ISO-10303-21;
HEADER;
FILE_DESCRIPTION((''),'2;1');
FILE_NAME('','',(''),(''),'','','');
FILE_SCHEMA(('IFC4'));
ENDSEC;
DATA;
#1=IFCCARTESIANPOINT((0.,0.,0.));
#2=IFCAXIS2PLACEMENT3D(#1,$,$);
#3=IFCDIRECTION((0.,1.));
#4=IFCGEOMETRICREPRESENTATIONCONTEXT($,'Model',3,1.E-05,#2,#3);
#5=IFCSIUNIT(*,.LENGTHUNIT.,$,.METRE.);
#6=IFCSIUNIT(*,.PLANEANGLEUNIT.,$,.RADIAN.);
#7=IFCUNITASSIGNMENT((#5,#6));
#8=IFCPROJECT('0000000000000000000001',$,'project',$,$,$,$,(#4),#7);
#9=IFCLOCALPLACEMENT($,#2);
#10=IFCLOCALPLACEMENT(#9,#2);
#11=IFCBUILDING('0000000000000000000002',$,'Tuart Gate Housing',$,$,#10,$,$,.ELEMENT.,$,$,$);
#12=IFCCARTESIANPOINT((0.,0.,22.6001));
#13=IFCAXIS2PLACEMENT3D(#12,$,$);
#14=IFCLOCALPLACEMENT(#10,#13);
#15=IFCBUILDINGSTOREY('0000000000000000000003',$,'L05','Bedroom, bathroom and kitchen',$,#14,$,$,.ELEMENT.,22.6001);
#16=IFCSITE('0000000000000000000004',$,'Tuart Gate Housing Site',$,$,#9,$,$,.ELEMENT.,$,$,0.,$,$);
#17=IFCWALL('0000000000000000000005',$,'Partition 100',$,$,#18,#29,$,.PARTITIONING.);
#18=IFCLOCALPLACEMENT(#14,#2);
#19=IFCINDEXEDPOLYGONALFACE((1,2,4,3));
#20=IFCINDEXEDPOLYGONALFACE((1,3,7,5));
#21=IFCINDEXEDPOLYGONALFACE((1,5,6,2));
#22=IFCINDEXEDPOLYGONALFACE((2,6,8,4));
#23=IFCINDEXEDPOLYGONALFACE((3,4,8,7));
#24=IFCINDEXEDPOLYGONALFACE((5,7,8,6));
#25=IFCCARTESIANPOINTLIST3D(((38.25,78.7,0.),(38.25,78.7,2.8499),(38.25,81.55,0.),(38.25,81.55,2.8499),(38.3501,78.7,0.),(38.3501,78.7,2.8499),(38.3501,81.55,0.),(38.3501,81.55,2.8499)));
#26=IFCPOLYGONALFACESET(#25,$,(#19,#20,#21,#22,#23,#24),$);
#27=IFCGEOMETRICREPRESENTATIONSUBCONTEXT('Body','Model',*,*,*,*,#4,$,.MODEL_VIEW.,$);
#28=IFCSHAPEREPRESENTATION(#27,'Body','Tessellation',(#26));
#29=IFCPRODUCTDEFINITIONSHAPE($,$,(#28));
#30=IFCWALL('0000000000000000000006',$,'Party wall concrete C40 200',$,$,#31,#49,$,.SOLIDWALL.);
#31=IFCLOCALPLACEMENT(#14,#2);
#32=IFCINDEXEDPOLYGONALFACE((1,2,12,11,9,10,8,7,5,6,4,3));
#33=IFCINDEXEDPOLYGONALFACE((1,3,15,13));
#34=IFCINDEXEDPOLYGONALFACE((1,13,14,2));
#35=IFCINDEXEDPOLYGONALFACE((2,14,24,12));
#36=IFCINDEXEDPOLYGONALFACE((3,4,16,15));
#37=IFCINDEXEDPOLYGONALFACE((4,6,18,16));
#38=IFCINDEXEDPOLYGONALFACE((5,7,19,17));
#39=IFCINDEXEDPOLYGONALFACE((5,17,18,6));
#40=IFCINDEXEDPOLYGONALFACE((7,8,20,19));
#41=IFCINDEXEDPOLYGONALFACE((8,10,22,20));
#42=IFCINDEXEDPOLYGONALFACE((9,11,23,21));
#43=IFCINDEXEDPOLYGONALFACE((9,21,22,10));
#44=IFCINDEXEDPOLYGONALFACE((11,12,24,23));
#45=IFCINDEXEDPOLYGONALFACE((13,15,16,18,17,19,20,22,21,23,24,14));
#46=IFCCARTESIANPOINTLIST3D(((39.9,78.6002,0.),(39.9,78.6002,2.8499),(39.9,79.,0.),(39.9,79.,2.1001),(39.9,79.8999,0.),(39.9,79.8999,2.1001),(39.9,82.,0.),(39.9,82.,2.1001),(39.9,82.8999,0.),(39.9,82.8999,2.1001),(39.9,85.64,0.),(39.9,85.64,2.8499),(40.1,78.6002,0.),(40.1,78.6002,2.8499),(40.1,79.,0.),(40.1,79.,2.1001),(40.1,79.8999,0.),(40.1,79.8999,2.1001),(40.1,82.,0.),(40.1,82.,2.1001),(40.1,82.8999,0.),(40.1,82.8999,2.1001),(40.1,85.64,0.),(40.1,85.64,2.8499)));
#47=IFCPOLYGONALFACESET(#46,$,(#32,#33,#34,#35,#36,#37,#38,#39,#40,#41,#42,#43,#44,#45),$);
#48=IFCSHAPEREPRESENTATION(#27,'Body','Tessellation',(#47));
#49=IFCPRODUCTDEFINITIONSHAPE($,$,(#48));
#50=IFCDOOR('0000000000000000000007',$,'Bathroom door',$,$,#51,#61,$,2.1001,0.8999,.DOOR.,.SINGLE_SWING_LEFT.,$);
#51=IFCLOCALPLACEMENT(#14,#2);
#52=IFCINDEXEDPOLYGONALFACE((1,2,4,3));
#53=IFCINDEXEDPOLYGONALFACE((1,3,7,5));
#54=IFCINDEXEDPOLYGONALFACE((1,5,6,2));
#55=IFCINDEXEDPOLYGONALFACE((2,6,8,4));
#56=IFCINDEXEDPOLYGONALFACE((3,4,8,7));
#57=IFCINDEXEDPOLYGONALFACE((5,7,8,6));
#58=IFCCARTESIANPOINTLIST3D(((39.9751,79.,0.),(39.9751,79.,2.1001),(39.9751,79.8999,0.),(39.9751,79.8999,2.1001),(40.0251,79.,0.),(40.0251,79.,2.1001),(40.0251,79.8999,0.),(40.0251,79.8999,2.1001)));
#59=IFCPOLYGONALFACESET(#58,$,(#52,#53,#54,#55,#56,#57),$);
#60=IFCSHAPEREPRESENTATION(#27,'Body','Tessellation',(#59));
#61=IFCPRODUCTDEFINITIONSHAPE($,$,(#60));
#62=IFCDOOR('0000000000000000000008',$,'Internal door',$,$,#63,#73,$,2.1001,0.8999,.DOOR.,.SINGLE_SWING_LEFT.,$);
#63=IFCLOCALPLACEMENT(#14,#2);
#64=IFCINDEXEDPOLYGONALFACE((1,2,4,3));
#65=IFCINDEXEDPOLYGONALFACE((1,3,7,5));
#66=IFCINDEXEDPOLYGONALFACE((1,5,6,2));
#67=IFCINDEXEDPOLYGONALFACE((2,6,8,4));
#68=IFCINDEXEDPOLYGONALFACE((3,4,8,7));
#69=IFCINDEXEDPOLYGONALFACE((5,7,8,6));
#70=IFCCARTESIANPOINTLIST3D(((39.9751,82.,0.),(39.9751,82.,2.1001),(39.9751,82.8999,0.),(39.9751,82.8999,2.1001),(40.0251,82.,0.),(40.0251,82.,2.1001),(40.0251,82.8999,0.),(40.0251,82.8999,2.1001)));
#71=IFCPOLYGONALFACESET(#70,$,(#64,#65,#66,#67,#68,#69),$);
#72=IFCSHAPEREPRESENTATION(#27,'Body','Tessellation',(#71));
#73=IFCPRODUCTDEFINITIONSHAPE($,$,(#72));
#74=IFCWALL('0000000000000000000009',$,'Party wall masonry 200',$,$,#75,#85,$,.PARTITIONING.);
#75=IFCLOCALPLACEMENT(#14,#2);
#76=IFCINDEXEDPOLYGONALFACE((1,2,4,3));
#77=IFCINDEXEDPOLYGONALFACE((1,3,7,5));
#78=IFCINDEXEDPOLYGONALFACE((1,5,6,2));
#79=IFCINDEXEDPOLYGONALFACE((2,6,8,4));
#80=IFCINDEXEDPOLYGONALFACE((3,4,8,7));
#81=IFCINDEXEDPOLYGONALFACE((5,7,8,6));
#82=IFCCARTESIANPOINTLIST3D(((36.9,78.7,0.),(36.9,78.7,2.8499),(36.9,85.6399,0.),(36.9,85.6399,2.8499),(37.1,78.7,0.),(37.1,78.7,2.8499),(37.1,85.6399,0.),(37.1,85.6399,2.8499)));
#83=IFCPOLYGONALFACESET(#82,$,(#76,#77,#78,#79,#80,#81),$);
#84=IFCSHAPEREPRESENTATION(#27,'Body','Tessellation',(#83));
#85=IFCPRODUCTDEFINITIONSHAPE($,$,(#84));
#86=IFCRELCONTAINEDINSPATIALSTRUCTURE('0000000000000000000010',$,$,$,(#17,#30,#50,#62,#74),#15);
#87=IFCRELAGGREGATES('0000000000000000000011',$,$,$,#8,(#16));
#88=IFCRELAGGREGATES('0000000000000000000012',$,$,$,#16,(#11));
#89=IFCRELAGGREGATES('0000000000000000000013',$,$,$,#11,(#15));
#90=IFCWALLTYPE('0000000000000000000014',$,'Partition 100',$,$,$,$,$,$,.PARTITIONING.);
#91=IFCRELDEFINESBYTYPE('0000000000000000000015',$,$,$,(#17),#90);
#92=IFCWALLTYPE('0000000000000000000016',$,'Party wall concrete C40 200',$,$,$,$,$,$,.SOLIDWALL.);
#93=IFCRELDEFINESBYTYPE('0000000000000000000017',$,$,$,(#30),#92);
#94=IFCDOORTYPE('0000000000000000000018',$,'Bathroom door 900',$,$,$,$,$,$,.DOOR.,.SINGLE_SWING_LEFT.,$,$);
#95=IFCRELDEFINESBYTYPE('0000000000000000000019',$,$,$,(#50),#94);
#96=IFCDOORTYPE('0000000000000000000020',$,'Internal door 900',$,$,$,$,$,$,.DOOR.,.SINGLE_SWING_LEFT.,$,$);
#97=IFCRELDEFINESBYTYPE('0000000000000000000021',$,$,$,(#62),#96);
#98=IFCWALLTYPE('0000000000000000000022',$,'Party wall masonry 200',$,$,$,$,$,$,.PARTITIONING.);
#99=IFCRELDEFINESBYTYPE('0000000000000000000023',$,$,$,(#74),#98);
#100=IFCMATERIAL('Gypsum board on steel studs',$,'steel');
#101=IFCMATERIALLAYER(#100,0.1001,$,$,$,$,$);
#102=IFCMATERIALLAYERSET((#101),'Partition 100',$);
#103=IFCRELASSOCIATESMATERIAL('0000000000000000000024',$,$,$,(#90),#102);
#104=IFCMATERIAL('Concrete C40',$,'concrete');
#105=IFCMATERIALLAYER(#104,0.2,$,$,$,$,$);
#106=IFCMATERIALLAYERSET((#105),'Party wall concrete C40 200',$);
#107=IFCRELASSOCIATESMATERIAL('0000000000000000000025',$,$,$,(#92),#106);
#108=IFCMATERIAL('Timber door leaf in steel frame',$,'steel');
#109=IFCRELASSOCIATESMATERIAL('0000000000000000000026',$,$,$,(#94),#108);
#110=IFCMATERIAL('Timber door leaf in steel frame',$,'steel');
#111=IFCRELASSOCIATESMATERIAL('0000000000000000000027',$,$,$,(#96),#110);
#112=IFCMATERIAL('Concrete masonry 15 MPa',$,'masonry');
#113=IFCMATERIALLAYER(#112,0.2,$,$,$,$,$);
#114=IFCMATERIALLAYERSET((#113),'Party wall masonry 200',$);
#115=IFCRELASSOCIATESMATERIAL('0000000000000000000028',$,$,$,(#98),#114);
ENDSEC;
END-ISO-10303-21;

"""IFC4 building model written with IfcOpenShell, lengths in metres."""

from ifc_helpers import new_model, si_unit, direction, frame, frame_2d, origin, place, context, subcontext, project, spatial, rectangle, extrude, material, layer, layer_set, type_object, element, fill, save


model = new_model("IFC4")

# Units and contexts
model_context = context("Model", 3, precision=1e-05, world=origin(), true_north=direction((0.0, 1.0)))
body_context = subcontext(model_context, "Body", "Model", "MODEL_VIEW")
ifc_project = project(units=[si_unit("LENGTHUNIT", "METRE"), si_unit("PLANEANGLEUNIT", "RADIAN")], contexts=[model_context])

# Site, building, storey
site_placement = place(None, origin())
site = spatial("IfcSite", under=ifc_project, at=site_placement, Name="Tuart Gate Housing Site", CompositionType="ELEMENT", RefElevation=0.0)
building_placement = place(site_placement, origin())
building = spatial("IfcBuilding", under=site, at=building_placement, Name="Tuart Gate Housing", CompositionType="ELEMENT")
storey_placement = place(building_placement, frame((0.0, 0.0, 22.6001)))
storey = spatial("IfcBuildingStorey", under=building, at=storey_placement, Name="L05", Description="Bedroom, bathroom and kitchen", CompositionType="ELEMENT", Elevation=22.6001)

# Wall
ifc_material_1 = material(Name="Gypsum board on steel studs", Category="steel")
ifc_layer_1 = layer(ifc_material_1, 0.1001)
ifc_layer_set_1 = layer_set([ifc_layer_1], Name="Partition 100")
wall_type_1 = type_object("IfcWallType", Name="Partition 100", PredefinedType="PARTITIONING", material=ifc_layer_set_1)
wall_1_placement = place(storey_placement, frame((38.3, 78.7, 0.0), z_axis=(0.0, 0.0, 1.0), x_axis=(0.0, 1.0, 0.0)))
element("IfcWall", 1, at=wall_1_placement, inside=storey, type_object=wall_type_1, Name="Partition 100", PredefinedType="PARTITIONING", context=body_context, shape_type="SweptSolid", body=[
    extrude(rectangle(XDim=2.8501, YDim=0.1001, at=frame_2d((1.425, 0.0))), origin(), (0.0, 0.0, 1.0), 2.8499),
])

# Wall, openings, doors
ifc_material_2 = material(Name="Concrete C40", Category="concrete")
ifc_layer_2 = layer(ifc_material_2, 0.2)
ifc_layer_set_2 = layer_set([ifc_layer_2], Name="Party wall concrete C40 200")
wall_type_2 = type_object("IfcWallType", Name="Party wall concrete C40 200", PredefinedType="SOLIDWALL", material=ifc_layer_set_2)
wall_2_placement = place(storey_placement, frame((40.0, 78.6001, 0.0), z_axis=(0.0, 0.0, 1.0), x_axis=(0.0, 1.0, 0.0)))
wall_2 = element("IfcWall", 2, at=wall_2_placement, inside=storey, type_object=wall_type_2, Name="Party wall concrete C40 200", PredefinedType="SOLIDWALL", context=body_context, shape_type="SweptSolid", body=[
    extrude(rectangle(XDim=7.0398, YDim=0.2, at=frame_2d((3.52, 0.0))), origin(), (0.0, 0.0, 1.0), 2.8499),
])
opening_1_placement = place(wall_2_placement, frame((3.3999, 0.0, 0.0)))
opening_1 = element("IfcOpeningElement", 3, at=opening_1_placement, cuts=wall_2, PredefinedType="OPENING", context=body_context, shape_type="SweptSolid", body=[
    extrude(rectangle(XDim=0.8999, YDim=2.1001, at=frame_2d((0.45, 1.05))), frame((0.0, 0.1099, 0.0), z_axis=(0.0, -1.0, 0.0), x_axis=(1.0, 0.0, 0.0)), (0.0, 0.0, 1.0), 0.22),
])
opening_2_placement = place(wall_2_placement, frame((0.3999, 0.0, 0.0)))
opening_2 = element("IfcOpeningElement", 4, at=opening_2_placement, cuts=wall_2, PredefinedType="OPENING", context=body_context, shape_type="SweptSolid", body=[
    extrude(rectangle(XDim=0.8999, YDim=2.1001, at=frame_2d((0.45, 1.05))), frame((0.0, 0.1099, 0.0), z_axis=(0.0, -1.0, 0.0), x_axis=(1.0, 0.0, 0.0)), (0.0, 0.0, 1.0), 0.22),
])
ifc_material_3 = material(Name="Timber door leaf in steel frame", Category="steel")
door_type_1 = type_object("IfcDoorType", Name="Bathroom door 900", OperationType="SINGLE_SWING_LEFT", PredefinedType="DOOR", material=ifc_material_3)
door_1_placement = place(opening_2_placement, origin())
door_1 = element("IfcDoor", 5, at=door_1_placement, inside=storey, type_object=door_type_1, Name="Bathroom door", OperationType="SINGLE_SWING_LEFT", OverallHeight=2.1001, OverallWidth=0.8999, PredefinedType="DOOR", context=body_context, shape_type="SweptSolid", body=[
    extrude(rectangle(XDim=0.8999, YDim=2.1001, at=frame_2d((0.45, 1.05))), frame((0.0, 0.0249, 0.0), z_axis=(0.0, -1.0, 0.0), x_axis=(1.0, 0.0, 0.0)), (0.0, 0.0, 1.0), 0.05),
])
fill(opening_2, door_1)
ifc_material_4 = material(Name="Timber door leaf in steel frame", Category="steel")
door_type_2 = type_object("IfcDoorType", Name="Internal door 900", OperationType="SINGLE_SWING_LEFT", PredefinedType="DOOR", material=ifc_material_4)
door_2_placement = place(opening_1_placement, origin())
door_2 = element("IfcDoor", 6, at=door_2_placement, inside=storey, type_object=door_type_2, Name="Internal door", OperationType="SINGLE_SWING_LEFT", OverallHeight=2.1001, OverallWidth=0.8999, PredefinedType="DOOR", context=body_context, shape_type="SweptSolid", body=[
    extrude(rectangle(XDim=0.8999, YDim=2.1001, at=frame_2d((0.45, 1.05))), frame((0.0, 0.0249, 0.0), z_axis=(0.0, -1.0, 0.0), x_axis=(1.0, 0.0, 0.0)), (0.0, 0.0, 1.0), 0.05),
])
fill(opening_1, door_2)

# Wall
ifc_material_5 = material(Name="Concrete masonry 15 MPa", Category="masonry")
ifc_layer_3 = layer(ifc_material_5, 0.2)
ifc_layer_set_3 = layer_set([ifc_layer_3], Name="Party wall masonry 200")
wall_type_3 = type_object("IfcWallType", Name="Party wall masonry 200", PredefinedType="PARTITIONING", material=ifc_layer_set_3)
wall_3_placement = place(storey_placement, frame((37.0, 78.7, 0.0), z_axis=(0.0, 0.0, 1.0), x_axis=(0.0, 1.0, 0.0)))
element("IfcWall", 7, at=wall_3_placement, inside=storey, type_object=wall_type_3, Name="Party wall masonry 200", PredefinedType="PARTITIONING", context=body_context, shape_type="SweptSolid", body=[
    extrude(rectangle(XDim=6.9399, YDim=0.2, at=frame_2d((3.47, 0.0))), origin(), (0.0, 0.0, 1.0), 2.8499),
])

save(model, "model.ifc")
